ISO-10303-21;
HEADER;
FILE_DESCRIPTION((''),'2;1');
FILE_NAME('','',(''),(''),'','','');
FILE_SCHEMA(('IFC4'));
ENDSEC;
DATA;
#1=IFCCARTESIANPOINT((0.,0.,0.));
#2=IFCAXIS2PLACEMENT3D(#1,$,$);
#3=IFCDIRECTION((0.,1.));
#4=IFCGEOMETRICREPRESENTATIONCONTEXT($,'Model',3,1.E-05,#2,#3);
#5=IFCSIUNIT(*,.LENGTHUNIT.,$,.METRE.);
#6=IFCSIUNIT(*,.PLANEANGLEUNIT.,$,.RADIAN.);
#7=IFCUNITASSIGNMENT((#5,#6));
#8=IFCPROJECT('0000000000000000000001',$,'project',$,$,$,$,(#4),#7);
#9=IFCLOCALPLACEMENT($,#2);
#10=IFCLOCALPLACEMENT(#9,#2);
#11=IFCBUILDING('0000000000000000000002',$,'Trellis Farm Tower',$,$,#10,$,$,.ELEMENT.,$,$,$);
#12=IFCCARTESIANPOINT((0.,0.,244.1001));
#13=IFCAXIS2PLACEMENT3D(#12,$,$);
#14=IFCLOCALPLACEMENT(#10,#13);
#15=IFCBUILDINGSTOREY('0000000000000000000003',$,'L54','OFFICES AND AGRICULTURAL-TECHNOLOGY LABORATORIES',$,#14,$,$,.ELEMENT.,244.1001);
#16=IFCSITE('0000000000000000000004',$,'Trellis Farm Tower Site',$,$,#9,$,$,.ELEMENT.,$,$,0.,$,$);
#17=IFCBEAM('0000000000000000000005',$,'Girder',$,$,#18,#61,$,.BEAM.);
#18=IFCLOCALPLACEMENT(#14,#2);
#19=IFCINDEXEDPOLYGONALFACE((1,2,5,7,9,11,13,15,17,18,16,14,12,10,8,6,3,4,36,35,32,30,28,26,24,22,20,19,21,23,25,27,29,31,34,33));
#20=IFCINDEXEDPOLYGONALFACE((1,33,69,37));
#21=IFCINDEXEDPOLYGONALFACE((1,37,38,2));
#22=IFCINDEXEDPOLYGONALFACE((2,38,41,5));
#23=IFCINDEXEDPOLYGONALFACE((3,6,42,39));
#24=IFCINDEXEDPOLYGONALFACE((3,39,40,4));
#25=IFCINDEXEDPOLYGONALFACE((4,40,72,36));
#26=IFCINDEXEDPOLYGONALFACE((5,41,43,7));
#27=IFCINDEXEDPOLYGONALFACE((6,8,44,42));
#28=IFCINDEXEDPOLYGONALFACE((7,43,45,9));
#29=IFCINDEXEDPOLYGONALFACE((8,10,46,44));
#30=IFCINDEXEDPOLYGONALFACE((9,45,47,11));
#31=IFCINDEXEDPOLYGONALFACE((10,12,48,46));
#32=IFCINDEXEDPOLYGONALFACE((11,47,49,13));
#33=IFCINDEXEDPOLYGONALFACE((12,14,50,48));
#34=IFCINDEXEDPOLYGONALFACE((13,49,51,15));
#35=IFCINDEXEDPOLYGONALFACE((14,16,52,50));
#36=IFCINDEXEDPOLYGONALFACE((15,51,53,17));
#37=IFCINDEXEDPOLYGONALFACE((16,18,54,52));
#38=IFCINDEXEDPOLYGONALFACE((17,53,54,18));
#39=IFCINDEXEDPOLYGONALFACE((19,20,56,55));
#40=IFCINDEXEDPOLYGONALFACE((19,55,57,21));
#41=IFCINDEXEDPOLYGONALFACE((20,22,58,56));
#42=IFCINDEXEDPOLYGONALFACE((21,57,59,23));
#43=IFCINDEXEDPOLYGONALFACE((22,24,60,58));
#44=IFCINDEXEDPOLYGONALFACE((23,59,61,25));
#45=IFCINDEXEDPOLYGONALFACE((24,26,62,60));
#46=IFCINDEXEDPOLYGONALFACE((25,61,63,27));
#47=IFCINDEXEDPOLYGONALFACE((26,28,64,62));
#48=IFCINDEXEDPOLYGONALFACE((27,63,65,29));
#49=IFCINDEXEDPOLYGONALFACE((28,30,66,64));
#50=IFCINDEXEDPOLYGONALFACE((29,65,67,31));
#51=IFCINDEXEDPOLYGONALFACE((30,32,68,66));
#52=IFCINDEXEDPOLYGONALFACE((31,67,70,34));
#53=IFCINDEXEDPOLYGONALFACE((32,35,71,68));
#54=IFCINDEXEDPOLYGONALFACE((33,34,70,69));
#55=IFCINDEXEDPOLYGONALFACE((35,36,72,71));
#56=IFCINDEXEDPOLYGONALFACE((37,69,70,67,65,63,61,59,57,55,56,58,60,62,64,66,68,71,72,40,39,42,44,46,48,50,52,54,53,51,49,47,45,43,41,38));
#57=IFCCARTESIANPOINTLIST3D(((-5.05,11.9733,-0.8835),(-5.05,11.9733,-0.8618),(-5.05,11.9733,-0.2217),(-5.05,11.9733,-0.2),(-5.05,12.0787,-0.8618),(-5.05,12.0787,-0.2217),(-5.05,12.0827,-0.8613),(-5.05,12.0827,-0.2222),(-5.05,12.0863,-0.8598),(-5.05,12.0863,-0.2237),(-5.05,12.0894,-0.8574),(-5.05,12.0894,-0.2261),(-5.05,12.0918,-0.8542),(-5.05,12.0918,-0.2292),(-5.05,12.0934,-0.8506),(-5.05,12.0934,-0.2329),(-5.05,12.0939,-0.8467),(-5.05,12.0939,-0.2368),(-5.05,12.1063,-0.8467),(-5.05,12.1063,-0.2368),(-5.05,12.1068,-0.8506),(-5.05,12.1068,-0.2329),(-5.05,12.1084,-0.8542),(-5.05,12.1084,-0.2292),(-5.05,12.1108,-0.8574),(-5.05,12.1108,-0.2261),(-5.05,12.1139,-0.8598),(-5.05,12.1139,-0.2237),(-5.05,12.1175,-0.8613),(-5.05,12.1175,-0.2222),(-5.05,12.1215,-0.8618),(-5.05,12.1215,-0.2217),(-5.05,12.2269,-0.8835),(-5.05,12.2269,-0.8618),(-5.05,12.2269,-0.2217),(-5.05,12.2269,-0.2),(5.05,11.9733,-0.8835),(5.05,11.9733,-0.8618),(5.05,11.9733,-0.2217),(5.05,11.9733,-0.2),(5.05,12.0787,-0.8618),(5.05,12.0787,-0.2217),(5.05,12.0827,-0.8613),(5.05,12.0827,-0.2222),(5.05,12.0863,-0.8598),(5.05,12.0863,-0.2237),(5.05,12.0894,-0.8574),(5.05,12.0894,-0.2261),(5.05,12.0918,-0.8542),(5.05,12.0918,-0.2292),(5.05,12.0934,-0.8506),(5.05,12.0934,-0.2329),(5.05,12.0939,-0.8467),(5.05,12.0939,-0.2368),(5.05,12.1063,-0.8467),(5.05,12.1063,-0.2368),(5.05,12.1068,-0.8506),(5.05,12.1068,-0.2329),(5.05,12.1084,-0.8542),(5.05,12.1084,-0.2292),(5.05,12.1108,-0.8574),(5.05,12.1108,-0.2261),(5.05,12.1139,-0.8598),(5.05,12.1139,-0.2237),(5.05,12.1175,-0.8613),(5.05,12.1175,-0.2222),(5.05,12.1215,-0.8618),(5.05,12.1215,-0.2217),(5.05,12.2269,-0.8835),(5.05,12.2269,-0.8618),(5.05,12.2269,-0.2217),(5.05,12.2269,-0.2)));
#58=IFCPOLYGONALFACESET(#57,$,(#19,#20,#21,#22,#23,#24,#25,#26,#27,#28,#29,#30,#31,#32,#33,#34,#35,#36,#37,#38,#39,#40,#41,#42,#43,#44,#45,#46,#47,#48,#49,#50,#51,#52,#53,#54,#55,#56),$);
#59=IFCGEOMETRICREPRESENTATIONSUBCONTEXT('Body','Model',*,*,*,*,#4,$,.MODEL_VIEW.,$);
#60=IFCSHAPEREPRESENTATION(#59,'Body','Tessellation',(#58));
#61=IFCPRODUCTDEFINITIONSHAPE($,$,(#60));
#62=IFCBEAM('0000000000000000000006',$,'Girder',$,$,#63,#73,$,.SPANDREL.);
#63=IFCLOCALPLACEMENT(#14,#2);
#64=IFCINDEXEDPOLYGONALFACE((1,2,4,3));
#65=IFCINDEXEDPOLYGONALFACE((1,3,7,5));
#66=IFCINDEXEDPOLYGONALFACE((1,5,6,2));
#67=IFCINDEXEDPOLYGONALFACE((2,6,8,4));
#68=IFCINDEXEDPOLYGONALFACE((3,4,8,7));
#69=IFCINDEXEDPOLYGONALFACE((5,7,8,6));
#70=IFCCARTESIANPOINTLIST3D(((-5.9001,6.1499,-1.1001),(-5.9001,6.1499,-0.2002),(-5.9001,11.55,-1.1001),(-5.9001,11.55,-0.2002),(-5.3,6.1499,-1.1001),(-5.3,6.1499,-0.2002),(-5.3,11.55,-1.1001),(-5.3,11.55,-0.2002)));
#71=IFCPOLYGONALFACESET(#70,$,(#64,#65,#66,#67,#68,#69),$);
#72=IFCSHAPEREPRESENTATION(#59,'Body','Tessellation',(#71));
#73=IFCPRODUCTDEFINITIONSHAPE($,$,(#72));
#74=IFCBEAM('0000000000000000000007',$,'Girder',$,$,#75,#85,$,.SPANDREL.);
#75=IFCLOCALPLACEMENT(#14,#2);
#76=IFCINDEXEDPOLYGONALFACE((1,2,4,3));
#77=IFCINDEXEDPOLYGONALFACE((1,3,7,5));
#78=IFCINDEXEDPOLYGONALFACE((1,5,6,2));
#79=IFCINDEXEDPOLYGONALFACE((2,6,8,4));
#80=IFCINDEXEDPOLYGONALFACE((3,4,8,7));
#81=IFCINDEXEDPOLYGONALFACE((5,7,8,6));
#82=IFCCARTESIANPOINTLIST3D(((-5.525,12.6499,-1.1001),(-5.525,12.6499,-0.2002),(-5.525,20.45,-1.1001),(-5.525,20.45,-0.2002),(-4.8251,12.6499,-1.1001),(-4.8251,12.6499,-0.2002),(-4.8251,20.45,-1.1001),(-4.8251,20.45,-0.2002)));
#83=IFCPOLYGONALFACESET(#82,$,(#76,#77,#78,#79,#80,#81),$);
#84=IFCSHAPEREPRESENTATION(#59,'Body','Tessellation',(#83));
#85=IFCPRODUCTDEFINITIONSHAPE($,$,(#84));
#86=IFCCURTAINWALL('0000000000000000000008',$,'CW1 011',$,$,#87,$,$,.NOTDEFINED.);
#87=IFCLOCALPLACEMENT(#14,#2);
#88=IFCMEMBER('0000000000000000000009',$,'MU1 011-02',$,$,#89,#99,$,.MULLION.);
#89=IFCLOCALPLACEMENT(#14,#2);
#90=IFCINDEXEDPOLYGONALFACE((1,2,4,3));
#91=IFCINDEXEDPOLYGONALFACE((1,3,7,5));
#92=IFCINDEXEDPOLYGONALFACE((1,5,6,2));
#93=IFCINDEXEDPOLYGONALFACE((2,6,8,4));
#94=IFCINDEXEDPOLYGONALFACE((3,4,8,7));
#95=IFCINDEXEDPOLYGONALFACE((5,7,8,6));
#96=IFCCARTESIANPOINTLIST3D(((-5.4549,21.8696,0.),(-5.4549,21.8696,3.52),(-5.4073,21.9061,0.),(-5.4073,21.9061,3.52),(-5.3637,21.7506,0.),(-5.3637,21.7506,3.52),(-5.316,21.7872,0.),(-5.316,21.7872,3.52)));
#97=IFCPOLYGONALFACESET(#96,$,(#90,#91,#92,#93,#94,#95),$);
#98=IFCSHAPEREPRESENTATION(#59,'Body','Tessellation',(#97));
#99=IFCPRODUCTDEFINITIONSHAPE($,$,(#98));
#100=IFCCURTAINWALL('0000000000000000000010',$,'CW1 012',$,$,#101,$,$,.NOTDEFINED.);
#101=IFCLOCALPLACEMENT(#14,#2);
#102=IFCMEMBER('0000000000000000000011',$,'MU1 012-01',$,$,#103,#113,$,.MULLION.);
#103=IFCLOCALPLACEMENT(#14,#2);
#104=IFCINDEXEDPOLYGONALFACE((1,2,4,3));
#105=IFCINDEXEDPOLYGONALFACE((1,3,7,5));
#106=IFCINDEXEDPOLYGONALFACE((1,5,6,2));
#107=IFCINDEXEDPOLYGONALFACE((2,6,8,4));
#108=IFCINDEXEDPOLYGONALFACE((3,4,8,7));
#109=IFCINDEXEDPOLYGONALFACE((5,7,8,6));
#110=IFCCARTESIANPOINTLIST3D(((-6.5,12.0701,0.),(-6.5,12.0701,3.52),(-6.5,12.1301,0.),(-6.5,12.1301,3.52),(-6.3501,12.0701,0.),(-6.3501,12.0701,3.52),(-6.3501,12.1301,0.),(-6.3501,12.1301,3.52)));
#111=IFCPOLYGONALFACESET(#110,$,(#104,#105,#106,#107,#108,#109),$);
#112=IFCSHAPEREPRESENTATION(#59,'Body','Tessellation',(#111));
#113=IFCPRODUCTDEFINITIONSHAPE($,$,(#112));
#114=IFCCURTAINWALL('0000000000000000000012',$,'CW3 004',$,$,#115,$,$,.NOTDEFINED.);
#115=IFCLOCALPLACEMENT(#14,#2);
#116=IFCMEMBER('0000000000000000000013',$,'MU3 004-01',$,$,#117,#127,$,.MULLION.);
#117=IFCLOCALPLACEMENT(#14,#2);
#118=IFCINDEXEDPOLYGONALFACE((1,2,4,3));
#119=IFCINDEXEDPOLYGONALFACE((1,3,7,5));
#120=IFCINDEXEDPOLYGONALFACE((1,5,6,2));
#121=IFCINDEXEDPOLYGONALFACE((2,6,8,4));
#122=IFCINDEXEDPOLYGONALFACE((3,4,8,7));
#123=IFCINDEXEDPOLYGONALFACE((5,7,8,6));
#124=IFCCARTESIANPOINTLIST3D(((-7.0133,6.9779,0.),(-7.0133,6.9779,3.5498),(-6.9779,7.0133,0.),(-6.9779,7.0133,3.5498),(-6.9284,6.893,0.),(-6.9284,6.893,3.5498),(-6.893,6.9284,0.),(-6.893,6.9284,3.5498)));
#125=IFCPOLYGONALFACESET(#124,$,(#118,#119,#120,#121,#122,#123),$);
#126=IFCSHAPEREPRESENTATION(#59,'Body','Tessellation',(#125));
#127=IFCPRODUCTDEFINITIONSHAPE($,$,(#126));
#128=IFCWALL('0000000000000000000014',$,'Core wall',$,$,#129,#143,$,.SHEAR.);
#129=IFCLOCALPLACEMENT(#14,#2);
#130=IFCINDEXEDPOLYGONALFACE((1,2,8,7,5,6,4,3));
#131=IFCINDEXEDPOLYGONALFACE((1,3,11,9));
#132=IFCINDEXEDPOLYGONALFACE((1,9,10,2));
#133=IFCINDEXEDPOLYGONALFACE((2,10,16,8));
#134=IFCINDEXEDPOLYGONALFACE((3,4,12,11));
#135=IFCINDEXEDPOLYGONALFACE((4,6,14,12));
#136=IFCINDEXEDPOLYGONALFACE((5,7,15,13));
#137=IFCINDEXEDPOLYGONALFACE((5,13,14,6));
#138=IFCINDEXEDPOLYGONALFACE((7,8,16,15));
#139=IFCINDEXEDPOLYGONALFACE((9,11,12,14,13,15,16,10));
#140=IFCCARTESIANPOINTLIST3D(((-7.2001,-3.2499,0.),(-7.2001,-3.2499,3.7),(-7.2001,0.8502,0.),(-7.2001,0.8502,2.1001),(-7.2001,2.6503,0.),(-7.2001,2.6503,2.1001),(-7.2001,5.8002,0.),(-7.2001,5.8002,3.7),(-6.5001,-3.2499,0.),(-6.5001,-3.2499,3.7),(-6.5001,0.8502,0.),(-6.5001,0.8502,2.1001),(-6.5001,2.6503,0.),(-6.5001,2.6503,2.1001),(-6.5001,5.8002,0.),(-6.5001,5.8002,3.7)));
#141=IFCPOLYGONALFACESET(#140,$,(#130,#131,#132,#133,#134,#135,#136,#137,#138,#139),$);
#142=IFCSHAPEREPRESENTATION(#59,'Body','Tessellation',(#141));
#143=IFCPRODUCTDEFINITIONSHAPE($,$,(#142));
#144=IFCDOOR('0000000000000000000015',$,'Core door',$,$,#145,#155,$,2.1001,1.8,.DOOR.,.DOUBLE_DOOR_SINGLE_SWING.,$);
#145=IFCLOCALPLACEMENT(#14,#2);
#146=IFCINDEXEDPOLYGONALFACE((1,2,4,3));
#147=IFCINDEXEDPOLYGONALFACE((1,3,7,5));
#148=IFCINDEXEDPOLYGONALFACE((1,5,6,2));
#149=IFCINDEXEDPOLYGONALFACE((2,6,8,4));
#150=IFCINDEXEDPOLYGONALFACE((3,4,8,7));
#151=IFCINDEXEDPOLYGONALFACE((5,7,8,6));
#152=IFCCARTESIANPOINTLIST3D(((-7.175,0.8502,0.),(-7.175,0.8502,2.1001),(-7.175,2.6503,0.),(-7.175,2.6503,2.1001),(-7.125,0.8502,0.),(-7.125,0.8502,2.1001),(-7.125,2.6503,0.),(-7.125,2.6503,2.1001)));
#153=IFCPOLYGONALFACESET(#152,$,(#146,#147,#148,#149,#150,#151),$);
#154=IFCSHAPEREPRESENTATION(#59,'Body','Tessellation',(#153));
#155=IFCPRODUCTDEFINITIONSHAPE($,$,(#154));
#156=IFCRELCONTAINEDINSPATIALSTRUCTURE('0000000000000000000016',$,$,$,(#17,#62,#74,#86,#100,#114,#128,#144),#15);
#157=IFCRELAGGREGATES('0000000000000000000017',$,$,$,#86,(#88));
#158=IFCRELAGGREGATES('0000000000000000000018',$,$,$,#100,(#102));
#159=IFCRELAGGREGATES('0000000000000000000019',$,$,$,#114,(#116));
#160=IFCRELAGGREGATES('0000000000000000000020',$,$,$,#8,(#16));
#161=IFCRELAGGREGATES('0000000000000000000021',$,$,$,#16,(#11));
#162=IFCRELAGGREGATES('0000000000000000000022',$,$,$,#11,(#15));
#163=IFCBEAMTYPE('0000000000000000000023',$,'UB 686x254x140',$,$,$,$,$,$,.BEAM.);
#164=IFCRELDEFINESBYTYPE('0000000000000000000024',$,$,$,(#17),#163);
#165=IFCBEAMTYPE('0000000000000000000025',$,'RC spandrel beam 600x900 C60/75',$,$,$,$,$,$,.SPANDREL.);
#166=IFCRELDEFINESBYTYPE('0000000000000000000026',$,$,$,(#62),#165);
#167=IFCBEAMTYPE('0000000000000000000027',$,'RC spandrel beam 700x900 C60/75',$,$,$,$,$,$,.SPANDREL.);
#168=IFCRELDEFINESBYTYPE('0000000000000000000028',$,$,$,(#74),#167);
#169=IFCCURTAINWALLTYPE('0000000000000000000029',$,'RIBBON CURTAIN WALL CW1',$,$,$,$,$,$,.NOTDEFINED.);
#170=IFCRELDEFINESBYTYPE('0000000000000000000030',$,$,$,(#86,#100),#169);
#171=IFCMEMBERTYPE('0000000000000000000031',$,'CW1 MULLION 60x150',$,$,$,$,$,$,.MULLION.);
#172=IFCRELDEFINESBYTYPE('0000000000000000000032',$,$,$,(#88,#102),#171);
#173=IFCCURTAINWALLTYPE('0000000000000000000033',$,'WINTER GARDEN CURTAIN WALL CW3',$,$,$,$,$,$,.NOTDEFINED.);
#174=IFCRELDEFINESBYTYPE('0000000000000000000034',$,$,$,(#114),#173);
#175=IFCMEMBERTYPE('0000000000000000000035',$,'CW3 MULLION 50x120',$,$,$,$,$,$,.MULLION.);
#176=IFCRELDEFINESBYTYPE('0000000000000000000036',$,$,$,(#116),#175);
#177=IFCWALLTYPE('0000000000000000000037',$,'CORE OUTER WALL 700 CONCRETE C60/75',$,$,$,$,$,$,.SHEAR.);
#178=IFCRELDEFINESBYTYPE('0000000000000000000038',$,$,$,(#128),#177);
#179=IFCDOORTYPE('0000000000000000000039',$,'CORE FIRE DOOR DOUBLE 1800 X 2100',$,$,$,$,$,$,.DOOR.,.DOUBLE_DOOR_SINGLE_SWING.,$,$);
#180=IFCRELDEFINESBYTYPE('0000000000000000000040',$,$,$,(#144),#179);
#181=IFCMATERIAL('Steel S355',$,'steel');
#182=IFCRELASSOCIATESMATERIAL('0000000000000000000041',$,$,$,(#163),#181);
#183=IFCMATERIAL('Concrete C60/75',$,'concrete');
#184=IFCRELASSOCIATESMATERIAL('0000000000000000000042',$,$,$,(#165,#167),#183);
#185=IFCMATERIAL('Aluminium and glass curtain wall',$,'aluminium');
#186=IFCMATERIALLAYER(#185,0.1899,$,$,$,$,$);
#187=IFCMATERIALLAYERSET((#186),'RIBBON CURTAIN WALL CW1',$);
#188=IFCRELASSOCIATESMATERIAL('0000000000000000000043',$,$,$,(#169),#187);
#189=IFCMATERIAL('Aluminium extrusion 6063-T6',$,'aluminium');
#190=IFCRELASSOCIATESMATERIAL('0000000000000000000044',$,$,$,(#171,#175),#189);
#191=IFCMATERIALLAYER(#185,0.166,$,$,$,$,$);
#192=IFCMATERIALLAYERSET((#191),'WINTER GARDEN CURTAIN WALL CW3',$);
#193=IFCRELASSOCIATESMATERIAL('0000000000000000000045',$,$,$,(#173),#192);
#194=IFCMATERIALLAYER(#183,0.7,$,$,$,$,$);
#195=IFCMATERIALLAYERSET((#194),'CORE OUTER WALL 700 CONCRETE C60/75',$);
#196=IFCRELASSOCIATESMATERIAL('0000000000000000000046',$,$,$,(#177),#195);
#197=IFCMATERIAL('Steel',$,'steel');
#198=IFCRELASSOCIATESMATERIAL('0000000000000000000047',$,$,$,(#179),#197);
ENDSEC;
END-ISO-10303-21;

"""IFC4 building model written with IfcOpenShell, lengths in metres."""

from ifc_helpers import new_model, si_unit, direction, frame, frame_2d, origin, origin_2d, place, context, subcontext, project, spatial, rectangle, i_section, extrude, source, transform, mapped, material, layer, layer_set, material_profile, profile_set, type_object, element, fill, aggregate, save


model = new_model("IFC4")

# Units and contexts
model_context = context("Model", 3, precision=1e-05, world=origin(), true_north=direction((0.0, 1.0)))
body_context = subcontext(model_context, "Body", "Model", "MODEL_VIEW")
ifc_project = project(units=[si_unit("LENGTHUNIT", "METRE"), si_unit("PLANEANGLEUNIT", "RADIAN")], contexts=[model_context])

# Site, building, storey
site_placement = place(None, origin())
site = spatial("IfcSite", under=ifc_project, at=site_placement, Name="Trellis Farm Tower Site", CompositionType="ELEMENT", RefElevation=0.0)
building_placement = place(site_placement, origin())
building = spatial("IfcBuilding", under=site, at=building_placement, Name="Trellis Farm Tower", CompositionType="ELEMENT")
storey_placement = place(building_placement, frame((0.0, 0.0, 244.1001)))
storey = spatial("IfcBuildingStorey", under=building, at=storey_placement, Name="L54", Description="OFFICES AND AGRICULTURAL-TECHNOLOGY LABORATORIES", CompositionType="ELEMENT", Elevation=244.1001)

# Shared definitions
ifc_material_1 = material(Name="Concrete C60/75", Category="concrete")

# Beams
ifc_material_2 = material(Name="Steel S355", Category="steel")
ifc_material_profile_1 = material_profile(ifc_material_2, i_section(OverallWidth=0.2537, OverallDepth=0.6836, WebThickness=0.0125, FlangeThickness=0.0217, FilletRadius=0.0151, at=origin_2d()), Name="UB 686x254x140")
ifc_profile_set_1 = profile_set([ifc_material_profile_1], Name="Steel S355")
beam_type_1 = type_object("IfcBeamType", Name="UB 686x254x140", PredefinedType="BEAM", material=ifc_profile_set_1)
shared_shape_1 = source(origin(), body_context, "Body", "SweptSolid", [
    extrude(i_section(OverallWidth=0.2537, OverallDepth=0.6836, WebThickness=0.0125, FlangeThickness=0.0217, FilletRadius=0.0151, at=origin_2d()), origin(), (0.0, 0.0, 1.0), 10.1001),
])
for number, where, z_axis, x_axis, name in (
    (1, (-5.05, 12.1001, -0.5417), (1.0, 0.0, 0.0), (0.0, 1.0, 0.0), "Girder"),
):
    element("IfcBeam", number, at=place(storey_placement, frame(where, z_axis=z_axis, x_axis=x_axis)), inside=storey, type_object=beam_type_1, Name=name, PredefinedType="BEAM", context=body_context, shape_type="MappedRepresentation", body=[
        mapped(shared_shape_1, transform((0.0, 0.0, 0.0))),
    ])
ifc_material_profile_2 = material_profile(ifc_material_1, rectangle(XDim=0.6001, YDim=0.8999, at=origin_2d()), Name="RC spandrel beam 600x900 C60/75")
ifc_profile_set_2 = profile_set([ifc_material_profile_2], Name="Concrete C60/75")
beam_type_2 = type_object("IfcBeamType", Name="RC spandrel beam 600x900 C60/75", PredefinedType="SPANDREL", material=ifc_profile_set_2)
shared_shape_2 = source(origin(), body_context, "Body", "SweptSolid", [
    extrude(rectangle(XDim=0.6001, YDim=0.8999, at=origin_2d()), origin(), (0.0, 0.0, 1.0), 5.4001),
])
beam_1_placement = place(storey_placement, frame((-5.6001, 6.1499, -0.6501), z_axis=(0.0, 1.0, 0.0), x_axis=(-1.0, 0.0, 0.0)))
element("IfcBeam", 2, at=beam_1_placement, inside=storey, type_object=beam_type_2, Name="Girder", PredefinedType="SPANDREL", context=body_context, shape_type="MappedRepresentation", body=[
    mapped(shared_shape_2, transform((0.0, 0.0, 0.0))),
])
ifc_material_profile_3 = material_profile(ifc_material_1, rectangle(XDim=0.7, YDim=0.8999, at=origin_2d()), Name="RC spandrel beam 700x900 C60/75")
ifc_profile_set_3 = profile_set([ifc_material_profile_3], Name="Concrete C60/75")
beam_type_3 = type_object("IfcBeamType", Name="RC spandrel beam 700x900 C60/75", PredefinedType="SPANDREL", material=ifc_profile_set_3)
shared_shape_3 = source(origin(), body_context, "Body", "SweptSolid", [
    extrude(rectangle(XDim=0.7, YDim=0.8999, at=origin_2d()), origin(), (0.0, 0.0, 1.0), 7.8),
])
beam_2_placement = place(storey_placement, frame((-5.175, 12.6499, -0.6501), z_axis=(0.0, 1.0, 0.0), x_axis=(-1.0, 0.0, 0.0)))
element("IfcBeam", 3, at=beam_2_placement, inside=storey, type_object=beam_type_3, Name="Girder", PredefinedType="SPANDREL", context=body_context, shape_type="MappedRepresentation", body=[
    mapped(shared_shape_3, transform((0.0, 0.0, 0.0))),
])

# Curtain walls, members
ifc_material_3 = material(Name="Aluminium and glass curtain wall", Category="aluminium")
ifc_layer_1 = layer(ifc_material_3, 0.1899)
ifc_layer_set_1 = layer_set([ifc_layer_1], Name="RIBBON CURTAIN WALL CW1")
curtain_wall_type_1 = type_object("IfcCurtainWallType", Name="RIBBON CURTAIN WALL CW1", PredefinedType="NOTDEFINED", material=ifc_layer_set_1)
placement = place(storey_placement, origin())
curtain_wall_1 = element("IfcCurtainWall", 4, at=placement, inside=storey, type_object=curtain_wall_type_1, Name="CW1 011", PredefinedType="NOTDEFINED")
ifc_material_4 = material(Name="Aluminium extrusion 6063-T6", Category="aluminium")
ifc_material_profile_4 = material_profile(ifc_material_4, rectangle(XDim=0.0601, YDim=0.1499, at=origin_2d()), Name="MULLION 60x150")
ifc_profile_set_4 = profile_set([ifc_material_profile_4], Name="Aluminium extrusion 6063-T6")
member_type_1 = type_object("IfcMemberType", Name="CW1 MULLION 60x150", PredefinedType="MULLION", material=ifc_profile_set_4)
shared_shape_4 = source(origin(), body_context, "Body", "SweptSolid", [
    extrude(rectangle(XDim=0.0601, YDim=0.1499, at=origin_2d()), origin(), (0.0, 0.0, 1.0), 3.52),
])
member_1_placement = place(storey_placement, frame((-5.3855, 21.8284, 0.0), z_axis=(0.0, 0.0, 1.0), x_axis=(-0.793353, -0.608761, 0.0)))
member_1 = element("IfcMember", 5, at=member_1_placement, type_object=member_type_1, Name="MU1 011-02", PredefinedType="MULLION", context=body_context, shape_type="MappedRepresentation", body=[
    mapped(shared_shape_4, transform((0.0, 0.0, 0.0))),
])
aggregate(curtain_wall_1, [member_1])
curtain_wall_2 = element("IfcCurtainWall", 6, at=placement, inside=storey, type_object=curtain_wall_type_1, Name="CW1 012", PredefinedType="NOTDEFINED")
member_2_placement = place(storey_placement, frame((-6.425, 12.1001, 0.0), z_axis=(0.0, 0.0, 1.0), x_axis=(0.0, -1.0, 0.0)))
member_2 = element("IfcMember", 7, at=member_2_placement, type_object=member_type_1, Name="MU1 012-01", PredefinedType="MULLION", context=body_context, shape_type="MappedRepresentation", body=[
    mapped(shared_shape_4, transform((0.0, 0.0, 0.0))),
])
aggregate(curtain_wall_2, [member_2])
ifc_layer_2 = layer(ifc_material_3, 0.166)
ifc_layer_set_2 = layer_set([ifc_layer_2], Name="WINTER GARDEN CURTAIN WALL CW3")
curtain_wall_type_2 = type_object("IfcCurtainWallType", Name="WINTER GARDEN CURTAIN WALL CW3", PredefinedType="NOTDEFINED", material=ifc_layer_set_2)
curtain_wall_3 = element("IfcCurtainWall", 8, at=placement, inside=storey, type_object=curtain_wall_type_2, Name="CW3 004", PredefinedType="NOTDEFINED")
ifc_material_profile_5 = material_profile(ifc_material_4, rectangle(XDim=0.05, YDim=0.1201, at=origin_2d()), Name="MULLION 50x120")
ifc_profile_set_5 = profile_set([ifc_material_profile_5], Name="Aluminium extrusion 6063-T6")
member_type_2 = type_object("IfcMemberType", Name="CW3 MULLION 50x120", PredefinedType="MULLION", material=ifc_profile_set_5)
shared_shape_5 = source(origin(), body_context, "Body", "SweptSolid", [
    extrude(rectangle(XDim=0.05, YDim=0.1201, at=origin_2d()), origin(), (0.0, 0.0, 1.0), 3.5498),
])
member_3_placement = place(storey_placement, frame((-6.9531, 6.9531, 0.0), z_axis=(0.0, 0.0, 1.0), x_axis=(-0.707107, -0.707107, 0.0)))
member_3 = element("IfcMember", 9, at=member_3_placement, type_object=member_type_2, Name="MU3 004-01", PredefinedType="MULLION", context=body_context, shape_type="MappedRepresentation", body=[
    mapped(shared_shape_5, transform((0.0, 0.0, 0.0))),
])
aggregate(curtain_wall_3, [member_3])

# Wall, opening, door
ifc_layer_3 = layer(ifc_material_1, 0.7)
ifc_layer_set_3 = layer_set([ifc_layer_3], Name="CORE OUTER WALL 700 CONCRETE C60/75")
wall_type_1 = type_object("IfcWallType", Name="CORE OUTER WALL 700 CONCRETE C60/75", PredefinedType="SHEAR", material=ifc_layer_set_3)
shared_shape_6 = source(origin(), body_context, "Body", "SweptSolid", [
    extrude(rectangle(XDim=9.05, YDim=0.7, at=frame_2d((4.5249, 0.0))), origin(), (0.0, 0.0, 1.0), 3.7),
])
wall_1_placement = place(storey_placement, frame((-6.8501, 5.8, 0.0), z_axis=(0.0, 0.0, 1.0), x_axis=(0.0, -1.0, 0.0)))
wall_1 = element("IfcWall", 10, at=wall_1_placement, inside=storey, type_object=wall_type_1, Name="Core wall", PredefinedType="SHEAR", context=body_context, shape_type="MappedRepresentation", body=[
    mapped(shared_shape_6, transform((0.0, 0.0, 0.0))),
])
shared_shape_7 = source(origin(), body_context, "Body", "SweptSolid", [
    extrude(rectangle(XDim=1.8, YDim=2.1001, at=frame_2d((0.8999, 1.05))), frame((0.0, 0.3601, 0.0), z_axis=(0.0, -1.0, 0.0), x_axis=(1.0, 0.0, 0.0)), (0.0, 0.0, 1.0), 0.7202),
])
opening_1_placement = place(wall_1_placement, frame((3.1499, 0.0, 0.0)))
opening_1 = element("IfcOpeningElement", 11, at=opening_1_placement, cuts=wall_1, PredefinedType="OPENING", context=body_context, shape_type="MappedRepresentation", body=[
    mapped(shared_shape_7, transform((0.0, 0.0, 0.0))),
])
ifc_material_5 = material(Name="Steel", Category="steel")
door_type_1 = type_object("IfcDoorType", Name="CORE FIRE DOOR DOUBLE 1800 X 2100", OperationType="DOUBLE_DOOR_SINGLE_SWING", PredefinedType="DOOR", material=ifc_material_5)
shared_shape_8 = source(origin(), body_context, "Body", "SweptSolid", [
    extrude(rectangle(XDim=1.8, YDim=2.1001, at=frame_2d((0.8999, 1.05))), frame((0.0, -0.2749, 0.0), z_axis=(0.0, -1.0, 0.0), x_axis=(1.0, 0.0, 0.0)), (0.0, 0.0, 1.0), 0.05),
])
door_1_placement = place(opening_1_placement, origin())
door_1 = element("IfcDoor", 12, at=door_1_placement, inside=storey, type_object=door_type_1, Name="Core door", OperationType="DOUBLE_DOOR_SINGLE_SWING", OverallHeight=2.1001, OverallWidth=1.8, PredefinedType="DOOR", context=body_context, shape_type="MappedRepresentation", body=[
    mapped(shared_shape_8, transform((0.0, 0.0, 0.0))),
])
fill(opening_1, door_1)

save(model, "model.ifc")
